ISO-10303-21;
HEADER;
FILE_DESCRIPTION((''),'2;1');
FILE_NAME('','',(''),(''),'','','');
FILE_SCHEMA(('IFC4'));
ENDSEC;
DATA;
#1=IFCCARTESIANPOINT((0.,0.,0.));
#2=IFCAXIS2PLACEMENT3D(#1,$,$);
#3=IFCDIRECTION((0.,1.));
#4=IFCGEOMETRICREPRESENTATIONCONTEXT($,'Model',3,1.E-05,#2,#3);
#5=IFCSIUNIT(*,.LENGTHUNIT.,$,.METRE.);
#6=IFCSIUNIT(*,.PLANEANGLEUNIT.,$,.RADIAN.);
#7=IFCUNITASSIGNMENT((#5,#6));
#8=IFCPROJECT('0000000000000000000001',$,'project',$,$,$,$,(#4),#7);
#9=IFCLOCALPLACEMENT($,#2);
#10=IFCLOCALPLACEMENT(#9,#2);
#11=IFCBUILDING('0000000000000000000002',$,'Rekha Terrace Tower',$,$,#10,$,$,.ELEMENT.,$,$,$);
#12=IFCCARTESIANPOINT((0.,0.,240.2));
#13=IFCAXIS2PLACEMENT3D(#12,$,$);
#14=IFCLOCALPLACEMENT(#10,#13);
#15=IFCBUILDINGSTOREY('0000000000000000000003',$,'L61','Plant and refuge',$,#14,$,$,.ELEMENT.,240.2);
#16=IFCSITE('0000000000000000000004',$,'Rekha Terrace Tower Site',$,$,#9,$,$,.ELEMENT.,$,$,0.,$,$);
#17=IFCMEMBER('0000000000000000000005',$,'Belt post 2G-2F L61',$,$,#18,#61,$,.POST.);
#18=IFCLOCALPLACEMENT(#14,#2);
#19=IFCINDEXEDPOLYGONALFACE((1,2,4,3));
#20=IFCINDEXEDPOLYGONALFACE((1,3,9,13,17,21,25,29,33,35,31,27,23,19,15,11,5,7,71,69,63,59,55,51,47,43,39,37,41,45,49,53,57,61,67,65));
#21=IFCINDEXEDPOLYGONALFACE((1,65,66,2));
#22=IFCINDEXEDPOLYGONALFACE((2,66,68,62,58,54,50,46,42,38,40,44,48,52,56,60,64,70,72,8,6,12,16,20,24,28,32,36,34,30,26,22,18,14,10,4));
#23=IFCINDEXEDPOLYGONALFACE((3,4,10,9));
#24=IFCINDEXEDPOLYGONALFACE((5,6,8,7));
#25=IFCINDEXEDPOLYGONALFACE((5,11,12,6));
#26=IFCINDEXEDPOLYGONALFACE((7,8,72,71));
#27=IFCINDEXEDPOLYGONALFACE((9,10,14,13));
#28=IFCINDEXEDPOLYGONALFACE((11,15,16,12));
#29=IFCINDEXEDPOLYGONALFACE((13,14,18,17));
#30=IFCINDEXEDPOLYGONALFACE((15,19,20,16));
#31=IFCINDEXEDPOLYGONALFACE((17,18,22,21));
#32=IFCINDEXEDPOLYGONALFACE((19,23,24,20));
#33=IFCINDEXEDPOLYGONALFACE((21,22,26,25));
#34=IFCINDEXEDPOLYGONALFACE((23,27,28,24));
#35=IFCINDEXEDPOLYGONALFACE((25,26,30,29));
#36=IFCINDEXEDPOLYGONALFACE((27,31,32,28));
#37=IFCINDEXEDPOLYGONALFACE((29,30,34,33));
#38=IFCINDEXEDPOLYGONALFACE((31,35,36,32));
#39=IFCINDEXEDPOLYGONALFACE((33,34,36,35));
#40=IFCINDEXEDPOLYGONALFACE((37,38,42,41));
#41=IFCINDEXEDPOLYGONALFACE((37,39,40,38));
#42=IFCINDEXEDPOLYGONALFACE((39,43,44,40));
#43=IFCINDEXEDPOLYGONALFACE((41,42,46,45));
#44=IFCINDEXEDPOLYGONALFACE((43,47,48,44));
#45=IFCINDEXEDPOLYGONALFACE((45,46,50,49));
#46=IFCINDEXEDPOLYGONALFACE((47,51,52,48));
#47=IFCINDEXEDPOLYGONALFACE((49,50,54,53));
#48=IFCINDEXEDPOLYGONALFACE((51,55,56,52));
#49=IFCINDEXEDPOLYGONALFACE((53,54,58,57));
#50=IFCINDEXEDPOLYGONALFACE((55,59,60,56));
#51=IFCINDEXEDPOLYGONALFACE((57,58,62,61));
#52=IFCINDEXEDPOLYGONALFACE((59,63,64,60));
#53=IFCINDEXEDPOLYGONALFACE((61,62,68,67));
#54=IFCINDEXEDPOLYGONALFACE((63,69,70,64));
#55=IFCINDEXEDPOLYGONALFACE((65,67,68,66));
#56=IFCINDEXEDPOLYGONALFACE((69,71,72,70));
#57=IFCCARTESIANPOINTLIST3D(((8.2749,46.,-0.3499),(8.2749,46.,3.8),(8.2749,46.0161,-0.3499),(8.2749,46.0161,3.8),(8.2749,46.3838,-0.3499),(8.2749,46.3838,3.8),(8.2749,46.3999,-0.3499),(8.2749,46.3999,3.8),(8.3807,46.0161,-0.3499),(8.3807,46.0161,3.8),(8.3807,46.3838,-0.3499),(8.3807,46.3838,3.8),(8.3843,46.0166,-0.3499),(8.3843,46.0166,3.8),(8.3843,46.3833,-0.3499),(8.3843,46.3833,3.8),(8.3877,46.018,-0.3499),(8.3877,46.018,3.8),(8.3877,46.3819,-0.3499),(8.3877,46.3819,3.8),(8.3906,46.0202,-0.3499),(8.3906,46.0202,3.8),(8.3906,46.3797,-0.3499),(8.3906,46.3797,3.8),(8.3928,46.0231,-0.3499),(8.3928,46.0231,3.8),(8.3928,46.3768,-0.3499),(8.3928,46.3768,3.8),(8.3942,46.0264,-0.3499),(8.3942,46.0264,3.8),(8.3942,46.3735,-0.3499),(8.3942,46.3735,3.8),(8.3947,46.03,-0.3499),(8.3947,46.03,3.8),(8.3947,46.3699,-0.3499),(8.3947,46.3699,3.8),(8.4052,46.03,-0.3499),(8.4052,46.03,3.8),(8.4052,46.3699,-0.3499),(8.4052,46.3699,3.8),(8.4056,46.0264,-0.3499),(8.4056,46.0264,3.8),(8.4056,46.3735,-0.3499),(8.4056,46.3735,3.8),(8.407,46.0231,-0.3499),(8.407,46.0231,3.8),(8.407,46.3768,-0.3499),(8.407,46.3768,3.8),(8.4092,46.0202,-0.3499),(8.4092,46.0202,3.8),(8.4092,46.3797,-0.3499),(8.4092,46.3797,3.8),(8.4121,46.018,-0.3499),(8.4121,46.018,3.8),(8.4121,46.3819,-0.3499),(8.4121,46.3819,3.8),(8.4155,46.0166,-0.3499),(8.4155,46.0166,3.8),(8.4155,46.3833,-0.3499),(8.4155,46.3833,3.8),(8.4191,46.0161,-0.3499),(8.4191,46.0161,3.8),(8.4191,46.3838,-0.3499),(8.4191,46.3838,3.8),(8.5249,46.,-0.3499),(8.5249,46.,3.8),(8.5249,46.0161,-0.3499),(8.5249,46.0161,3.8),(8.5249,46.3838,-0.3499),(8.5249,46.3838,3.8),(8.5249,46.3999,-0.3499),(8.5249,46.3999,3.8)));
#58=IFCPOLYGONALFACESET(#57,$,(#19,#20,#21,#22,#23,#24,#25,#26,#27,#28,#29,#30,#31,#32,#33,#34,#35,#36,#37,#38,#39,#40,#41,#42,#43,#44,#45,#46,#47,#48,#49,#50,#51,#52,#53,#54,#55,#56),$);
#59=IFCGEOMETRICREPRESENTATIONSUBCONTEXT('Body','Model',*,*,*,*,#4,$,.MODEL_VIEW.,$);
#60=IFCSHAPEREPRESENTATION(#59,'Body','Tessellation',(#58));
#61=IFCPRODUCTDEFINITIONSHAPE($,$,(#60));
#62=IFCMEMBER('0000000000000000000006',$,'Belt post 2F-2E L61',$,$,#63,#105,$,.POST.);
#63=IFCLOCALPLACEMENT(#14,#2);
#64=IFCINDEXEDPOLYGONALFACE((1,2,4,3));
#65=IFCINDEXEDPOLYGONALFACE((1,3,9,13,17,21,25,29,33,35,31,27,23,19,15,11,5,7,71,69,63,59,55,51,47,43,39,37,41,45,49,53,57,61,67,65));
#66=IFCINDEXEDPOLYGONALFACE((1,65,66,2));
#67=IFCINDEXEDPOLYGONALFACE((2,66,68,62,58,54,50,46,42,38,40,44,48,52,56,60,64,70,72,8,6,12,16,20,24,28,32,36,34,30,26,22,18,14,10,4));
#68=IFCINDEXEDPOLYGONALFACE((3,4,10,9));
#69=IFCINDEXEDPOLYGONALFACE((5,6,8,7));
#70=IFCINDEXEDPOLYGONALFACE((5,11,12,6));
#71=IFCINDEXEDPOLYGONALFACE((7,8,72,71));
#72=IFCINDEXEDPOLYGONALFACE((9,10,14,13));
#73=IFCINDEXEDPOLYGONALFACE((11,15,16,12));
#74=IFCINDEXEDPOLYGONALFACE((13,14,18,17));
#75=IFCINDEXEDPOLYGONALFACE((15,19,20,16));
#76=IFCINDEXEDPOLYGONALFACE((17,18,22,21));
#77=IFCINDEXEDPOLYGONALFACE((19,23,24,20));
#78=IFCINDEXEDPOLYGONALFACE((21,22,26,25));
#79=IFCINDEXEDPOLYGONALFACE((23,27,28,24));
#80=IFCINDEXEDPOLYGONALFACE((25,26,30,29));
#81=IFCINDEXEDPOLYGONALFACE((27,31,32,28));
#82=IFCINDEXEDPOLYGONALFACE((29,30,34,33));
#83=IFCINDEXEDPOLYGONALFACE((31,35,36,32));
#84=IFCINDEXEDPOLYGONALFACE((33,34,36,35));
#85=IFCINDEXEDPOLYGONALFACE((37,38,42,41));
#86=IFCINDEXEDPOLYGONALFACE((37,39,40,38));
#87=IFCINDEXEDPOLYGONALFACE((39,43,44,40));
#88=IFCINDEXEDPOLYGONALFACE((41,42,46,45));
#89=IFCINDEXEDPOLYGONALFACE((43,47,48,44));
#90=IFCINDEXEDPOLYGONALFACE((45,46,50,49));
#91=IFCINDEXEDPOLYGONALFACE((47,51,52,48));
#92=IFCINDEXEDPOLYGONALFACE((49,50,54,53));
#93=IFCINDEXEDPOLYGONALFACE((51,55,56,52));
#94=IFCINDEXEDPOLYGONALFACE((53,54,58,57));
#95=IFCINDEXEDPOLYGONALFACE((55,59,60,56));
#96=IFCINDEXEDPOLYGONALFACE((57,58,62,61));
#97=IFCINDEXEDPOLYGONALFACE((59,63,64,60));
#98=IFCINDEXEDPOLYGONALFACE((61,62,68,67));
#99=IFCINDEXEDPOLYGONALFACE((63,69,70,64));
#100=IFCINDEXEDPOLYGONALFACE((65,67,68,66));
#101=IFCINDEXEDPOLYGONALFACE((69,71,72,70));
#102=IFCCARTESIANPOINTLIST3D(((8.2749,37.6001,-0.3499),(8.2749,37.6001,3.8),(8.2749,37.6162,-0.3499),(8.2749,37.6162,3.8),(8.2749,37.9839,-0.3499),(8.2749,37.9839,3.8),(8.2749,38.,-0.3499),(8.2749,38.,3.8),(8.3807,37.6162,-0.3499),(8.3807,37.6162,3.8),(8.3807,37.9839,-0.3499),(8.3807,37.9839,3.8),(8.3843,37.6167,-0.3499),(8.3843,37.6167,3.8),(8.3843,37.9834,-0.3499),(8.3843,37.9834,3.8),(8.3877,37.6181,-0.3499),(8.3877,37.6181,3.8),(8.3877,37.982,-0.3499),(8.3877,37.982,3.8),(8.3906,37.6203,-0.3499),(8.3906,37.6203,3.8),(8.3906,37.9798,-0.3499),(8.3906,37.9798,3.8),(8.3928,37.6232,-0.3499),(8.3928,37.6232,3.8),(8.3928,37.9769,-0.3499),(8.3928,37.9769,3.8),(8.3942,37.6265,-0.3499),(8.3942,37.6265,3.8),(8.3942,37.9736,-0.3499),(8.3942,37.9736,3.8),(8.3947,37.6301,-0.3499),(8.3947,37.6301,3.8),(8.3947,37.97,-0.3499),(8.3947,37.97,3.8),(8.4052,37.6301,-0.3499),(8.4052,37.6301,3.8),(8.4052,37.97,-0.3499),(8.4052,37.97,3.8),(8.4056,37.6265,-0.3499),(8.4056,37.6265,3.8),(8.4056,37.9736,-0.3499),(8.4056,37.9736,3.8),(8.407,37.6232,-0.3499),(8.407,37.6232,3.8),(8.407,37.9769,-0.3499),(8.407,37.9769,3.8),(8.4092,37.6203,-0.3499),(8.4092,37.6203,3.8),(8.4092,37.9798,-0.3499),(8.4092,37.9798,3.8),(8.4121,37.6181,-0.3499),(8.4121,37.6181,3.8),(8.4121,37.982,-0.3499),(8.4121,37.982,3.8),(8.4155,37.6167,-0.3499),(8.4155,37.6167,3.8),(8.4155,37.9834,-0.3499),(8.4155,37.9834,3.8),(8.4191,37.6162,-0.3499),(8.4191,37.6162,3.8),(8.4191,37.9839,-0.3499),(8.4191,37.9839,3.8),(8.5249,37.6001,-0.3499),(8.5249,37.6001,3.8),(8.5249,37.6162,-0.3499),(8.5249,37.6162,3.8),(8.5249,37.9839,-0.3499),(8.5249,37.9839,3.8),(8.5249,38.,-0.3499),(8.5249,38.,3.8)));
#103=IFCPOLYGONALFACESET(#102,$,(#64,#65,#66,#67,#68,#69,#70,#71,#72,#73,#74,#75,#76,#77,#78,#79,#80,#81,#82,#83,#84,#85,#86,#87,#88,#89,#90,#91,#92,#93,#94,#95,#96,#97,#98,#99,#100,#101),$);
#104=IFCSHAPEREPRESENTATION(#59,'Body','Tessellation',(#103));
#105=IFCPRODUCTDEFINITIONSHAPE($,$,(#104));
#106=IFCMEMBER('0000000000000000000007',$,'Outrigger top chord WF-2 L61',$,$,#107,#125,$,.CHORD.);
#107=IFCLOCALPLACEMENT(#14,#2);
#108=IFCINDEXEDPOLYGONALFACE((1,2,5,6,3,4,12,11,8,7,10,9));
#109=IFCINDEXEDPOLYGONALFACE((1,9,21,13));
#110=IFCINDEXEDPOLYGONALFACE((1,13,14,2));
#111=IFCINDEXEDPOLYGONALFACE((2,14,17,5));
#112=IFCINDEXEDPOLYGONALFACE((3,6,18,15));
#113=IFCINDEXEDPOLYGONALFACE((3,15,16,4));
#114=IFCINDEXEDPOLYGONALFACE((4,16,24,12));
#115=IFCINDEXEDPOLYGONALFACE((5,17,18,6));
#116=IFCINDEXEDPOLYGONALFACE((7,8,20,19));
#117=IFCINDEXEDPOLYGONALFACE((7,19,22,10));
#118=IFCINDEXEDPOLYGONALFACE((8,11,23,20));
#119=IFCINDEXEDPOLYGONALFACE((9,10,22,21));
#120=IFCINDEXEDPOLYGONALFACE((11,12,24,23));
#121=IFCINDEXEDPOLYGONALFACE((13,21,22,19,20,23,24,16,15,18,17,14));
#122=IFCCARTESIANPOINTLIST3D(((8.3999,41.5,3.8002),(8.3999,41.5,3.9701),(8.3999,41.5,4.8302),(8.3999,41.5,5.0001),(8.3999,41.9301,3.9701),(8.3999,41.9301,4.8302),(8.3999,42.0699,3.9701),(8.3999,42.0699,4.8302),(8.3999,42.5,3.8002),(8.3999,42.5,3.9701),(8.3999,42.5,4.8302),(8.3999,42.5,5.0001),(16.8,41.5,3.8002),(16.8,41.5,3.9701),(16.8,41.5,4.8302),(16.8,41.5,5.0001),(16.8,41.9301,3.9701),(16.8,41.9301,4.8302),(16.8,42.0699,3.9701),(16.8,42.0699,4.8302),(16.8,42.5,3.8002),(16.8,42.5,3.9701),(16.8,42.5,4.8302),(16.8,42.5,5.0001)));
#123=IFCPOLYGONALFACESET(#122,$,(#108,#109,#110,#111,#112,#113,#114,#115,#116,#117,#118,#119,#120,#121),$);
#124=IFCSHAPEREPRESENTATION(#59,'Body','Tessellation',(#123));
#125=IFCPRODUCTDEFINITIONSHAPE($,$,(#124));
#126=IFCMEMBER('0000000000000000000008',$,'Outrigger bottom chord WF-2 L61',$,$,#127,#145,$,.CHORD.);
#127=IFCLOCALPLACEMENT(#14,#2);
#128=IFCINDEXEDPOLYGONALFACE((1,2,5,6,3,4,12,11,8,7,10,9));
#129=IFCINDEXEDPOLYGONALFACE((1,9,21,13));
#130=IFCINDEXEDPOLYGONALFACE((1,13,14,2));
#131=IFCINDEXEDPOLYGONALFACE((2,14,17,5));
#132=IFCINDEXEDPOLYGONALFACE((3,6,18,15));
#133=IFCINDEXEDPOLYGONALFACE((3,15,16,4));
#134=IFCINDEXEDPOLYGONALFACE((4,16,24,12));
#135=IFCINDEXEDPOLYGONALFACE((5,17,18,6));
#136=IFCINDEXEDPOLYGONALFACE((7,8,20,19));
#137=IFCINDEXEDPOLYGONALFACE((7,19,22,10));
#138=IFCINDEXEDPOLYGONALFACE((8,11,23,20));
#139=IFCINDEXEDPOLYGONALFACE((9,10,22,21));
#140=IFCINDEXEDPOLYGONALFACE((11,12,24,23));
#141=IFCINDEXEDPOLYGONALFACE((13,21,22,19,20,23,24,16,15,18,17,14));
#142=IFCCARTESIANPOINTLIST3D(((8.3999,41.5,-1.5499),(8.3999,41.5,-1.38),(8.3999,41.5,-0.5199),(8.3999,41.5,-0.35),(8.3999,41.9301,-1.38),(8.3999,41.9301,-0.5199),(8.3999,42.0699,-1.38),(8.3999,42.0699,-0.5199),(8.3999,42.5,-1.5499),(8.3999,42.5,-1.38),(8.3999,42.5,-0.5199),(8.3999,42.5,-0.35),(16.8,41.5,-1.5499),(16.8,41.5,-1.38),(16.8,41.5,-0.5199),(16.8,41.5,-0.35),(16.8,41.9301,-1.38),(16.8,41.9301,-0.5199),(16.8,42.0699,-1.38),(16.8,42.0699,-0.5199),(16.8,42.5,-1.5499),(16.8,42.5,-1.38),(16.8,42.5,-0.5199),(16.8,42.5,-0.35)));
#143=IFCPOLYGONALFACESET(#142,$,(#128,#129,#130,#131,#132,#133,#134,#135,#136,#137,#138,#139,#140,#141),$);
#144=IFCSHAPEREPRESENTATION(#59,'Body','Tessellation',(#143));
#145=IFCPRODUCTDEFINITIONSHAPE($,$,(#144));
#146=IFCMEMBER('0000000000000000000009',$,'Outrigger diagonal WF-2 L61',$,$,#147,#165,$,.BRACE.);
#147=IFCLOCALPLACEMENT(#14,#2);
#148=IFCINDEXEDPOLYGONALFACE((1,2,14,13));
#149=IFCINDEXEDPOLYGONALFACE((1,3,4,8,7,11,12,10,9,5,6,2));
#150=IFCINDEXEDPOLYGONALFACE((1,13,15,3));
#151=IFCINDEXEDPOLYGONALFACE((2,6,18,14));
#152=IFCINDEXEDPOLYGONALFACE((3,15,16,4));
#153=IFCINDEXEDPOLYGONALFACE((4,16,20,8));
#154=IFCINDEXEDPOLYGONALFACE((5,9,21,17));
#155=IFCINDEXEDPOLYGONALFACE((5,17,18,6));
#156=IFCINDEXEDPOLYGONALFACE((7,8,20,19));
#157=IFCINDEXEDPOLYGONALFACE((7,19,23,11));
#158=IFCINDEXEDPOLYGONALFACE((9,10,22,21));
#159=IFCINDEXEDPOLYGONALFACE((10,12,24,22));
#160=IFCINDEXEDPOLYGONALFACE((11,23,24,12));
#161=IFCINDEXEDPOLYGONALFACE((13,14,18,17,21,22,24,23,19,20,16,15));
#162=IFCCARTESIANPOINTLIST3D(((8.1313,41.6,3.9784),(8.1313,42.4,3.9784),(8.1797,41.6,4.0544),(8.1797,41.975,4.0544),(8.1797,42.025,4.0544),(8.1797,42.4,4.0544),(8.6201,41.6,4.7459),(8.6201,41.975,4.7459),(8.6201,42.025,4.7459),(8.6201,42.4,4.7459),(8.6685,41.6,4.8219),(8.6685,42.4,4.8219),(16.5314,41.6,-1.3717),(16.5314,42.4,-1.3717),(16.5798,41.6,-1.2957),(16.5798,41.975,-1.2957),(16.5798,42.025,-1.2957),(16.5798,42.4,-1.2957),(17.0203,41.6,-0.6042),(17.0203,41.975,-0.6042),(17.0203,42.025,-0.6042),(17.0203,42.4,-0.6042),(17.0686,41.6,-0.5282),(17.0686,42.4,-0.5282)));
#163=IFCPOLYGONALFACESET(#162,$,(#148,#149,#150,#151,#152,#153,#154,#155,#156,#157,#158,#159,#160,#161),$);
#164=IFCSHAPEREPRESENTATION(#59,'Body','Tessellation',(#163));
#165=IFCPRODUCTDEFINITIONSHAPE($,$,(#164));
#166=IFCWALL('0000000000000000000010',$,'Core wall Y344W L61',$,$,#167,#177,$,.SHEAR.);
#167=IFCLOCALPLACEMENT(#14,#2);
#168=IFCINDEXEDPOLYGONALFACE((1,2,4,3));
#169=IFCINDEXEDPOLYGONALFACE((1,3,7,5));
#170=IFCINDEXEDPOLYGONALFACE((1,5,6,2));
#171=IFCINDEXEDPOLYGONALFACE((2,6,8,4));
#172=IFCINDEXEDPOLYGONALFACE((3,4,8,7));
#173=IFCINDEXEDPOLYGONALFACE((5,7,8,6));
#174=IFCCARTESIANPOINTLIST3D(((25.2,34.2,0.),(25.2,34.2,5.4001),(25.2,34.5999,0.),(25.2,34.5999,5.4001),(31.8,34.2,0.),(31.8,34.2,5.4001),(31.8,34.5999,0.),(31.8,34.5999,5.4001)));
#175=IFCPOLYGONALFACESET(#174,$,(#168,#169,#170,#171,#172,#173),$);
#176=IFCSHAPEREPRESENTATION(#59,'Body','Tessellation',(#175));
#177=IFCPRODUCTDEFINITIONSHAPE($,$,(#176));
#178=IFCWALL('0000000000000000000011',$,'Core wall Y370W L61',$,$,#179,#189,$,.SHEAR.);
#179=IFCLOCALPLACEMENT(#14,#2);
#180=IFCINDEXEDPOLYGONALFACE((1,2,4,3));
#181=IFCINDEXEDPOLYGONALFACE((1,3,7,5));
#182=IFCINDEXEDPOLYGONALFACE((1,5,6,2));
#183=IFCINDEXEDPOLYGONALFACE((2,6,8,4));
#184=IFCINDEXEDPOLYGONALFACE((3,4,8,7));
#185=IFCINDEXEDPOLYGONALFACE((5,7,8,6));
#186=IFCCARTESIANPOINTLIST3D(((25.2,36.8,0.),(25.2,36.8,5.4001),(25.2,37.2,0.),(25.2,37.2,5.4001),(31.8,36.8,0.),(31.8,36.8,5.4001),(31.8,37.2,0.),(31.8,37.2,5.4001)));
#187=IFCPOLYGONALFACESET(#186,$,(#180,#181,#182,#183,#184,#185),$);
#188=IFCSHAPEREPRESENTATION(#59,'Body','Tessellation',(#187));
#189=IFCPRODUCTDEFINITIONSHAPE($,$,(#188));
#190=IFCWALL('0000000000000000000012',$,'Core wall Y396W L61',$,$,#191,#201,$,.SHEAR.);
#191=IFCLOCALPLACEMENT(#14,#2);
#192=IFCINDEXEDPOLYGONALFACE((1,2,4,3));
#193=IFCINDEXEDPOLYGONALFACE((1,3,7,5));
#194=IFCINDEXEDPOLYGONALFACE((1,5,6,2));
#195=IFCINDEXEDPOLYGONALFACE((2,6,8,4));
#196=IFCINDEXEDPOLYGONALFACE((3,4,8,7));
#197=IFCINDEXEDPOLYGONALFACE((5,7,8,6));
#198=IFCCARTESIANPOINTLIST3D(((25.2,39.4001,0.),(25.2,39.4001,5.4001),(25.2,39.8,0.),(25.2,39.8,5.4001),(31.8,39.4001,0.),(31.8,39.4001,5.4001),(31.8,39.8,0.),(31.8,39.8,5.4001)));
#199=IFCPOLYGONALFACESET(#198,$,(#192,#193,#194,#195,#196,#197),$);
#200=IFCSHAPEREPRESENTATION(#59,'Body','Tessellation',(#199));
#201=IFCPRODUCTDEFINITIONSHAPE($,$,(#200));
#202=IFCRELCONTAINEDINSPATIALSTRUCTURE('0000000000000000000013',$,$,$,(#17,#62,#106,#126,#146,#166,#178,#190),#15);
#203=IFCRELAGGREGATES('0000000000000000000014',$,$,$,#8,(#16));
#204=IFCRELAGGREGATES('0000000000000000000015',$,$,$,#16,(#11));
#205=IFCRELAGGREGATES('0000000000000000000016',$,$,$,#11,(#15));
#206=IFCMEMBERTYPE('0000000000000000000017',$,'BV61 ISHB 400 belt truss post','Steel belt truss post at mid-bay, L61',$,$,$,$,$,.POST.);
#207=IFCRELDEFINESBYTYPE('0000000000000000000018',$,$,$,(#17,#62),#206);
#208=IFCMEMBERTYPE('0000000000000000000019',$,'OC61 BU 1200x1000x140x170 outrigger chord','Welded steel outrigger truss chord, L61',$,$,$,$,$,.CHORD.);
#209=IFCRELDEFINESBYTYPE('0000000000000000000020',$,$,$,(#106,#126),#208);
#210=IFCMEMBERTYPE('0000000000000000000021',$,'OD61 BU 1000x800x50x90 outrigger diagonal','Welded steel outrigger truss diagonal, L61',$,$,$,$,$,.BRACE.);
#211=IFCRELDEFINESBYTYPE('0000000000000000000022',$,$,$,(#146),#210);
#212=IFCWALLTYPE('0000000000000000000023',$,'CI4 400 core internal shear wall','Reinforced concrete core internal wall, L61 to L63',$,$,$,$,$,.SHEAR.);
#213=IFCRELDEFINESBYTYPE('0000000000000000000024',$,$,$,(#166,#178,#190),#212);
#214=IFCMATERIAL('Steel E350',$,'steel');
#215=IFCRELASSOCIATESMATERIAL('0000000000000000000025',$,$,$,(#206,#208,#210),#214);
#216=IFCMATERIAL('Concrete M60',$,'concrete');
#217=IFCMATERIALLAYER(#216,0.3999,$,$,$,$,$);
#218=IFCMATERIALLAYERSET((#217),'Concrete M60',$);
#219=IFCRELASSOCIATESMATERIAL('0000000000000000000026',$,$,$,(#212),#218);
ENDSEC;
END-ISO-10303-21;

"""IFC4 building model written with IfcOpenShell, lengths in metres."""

from ifc_helpers import new_model, si_unit, direction, frame, frame_2d, origin, origin_2d, place, context, subcontext, project, spatial, rectangle, i_section, extrude, material, layer, layer_set, material_profile, profile_set, type_object, element, save


model = new_model("IFC4")

# Units and contexts
model_context = context("Model", 3, precision=1e-05, world=origin(), true_north=direction((0.0, 1.0)))
body_context = subcontext(model_context, "Body", "Model", "MODEL_VIEW")
ifc_project = project(units=[si_unit("LENGTHUNIT", "METRE"), si_unit("PLANEANGLEUNIT", "RADIAN")], contexts=[model_context])

# Site, building, storey
site_placement = place(None, origin())
site = spatial("IfcSite", under=ifc_project, at=site_placement, Name="Rekha Terrace Tower Site", CompositionType="ELEMENT", RefElevation=0.0)
building_placement = place(site_placement, origin())
building = spatial("IfcBuilding", under=site, at=building_placement, Name="Rekha Terrace Tower", CompositionType="ELEMENT")
storey_placement = place(building_placement, frame((0.0, 0.0, 240.2)))
storey = spatial("IfcBuildingStorey", under=building, at=storey_placement, Name="L61", Description="Plant and refuge", CompositionType="ELEMENT", Elevation=240.2)

# Members
ifc_material_1 = material(Name="Steel E350", Category="steel")
ifc_material_profile_1 = material_profile(ifc_material_1, i_section(OverallWidth=0.25, OverallDepth=0.3999, WebThickness=0.0105, FlangeThickness=0.0161, FilletRadius=0.0139, at=origin_2d()), Name="ISHB 400")
ifc_profile_set_1 = profile_set([ifc_material_profile_1], Name="Steel E350")
member_type_1 = type_object("IfcMemberType", Name="BV61 ISHB 400 belt truss post", Description="Steel belt truss post at mid-bay, L61", PredefinedType="POST", material=ifc_profile_set_1)
for number, where, z_axis, x_axis, name in (
    (1, (8.3999, 46.2, -0.3499), (0.0, 0.0, 1.0), (1.0, 0.0, 0.0), "Belt post 2G-2F L61"),
    (2, (8.3999, 37.8, -0.3499), (0.0, 0.0, 1.0), (1.0, 0.0, 0.0), "Belt post 2F-2E L61"),
):
    element("IfcMember", number, at=place(storey_placement, frame(where, z_axis=z_axis, x_axis=x_axis)), inside=storey, type_object=member_type_1, Name=name, PredefinedType="POST", context=body_context, shape_type="SweptSolid", body=[
        extrude(i_section(OverallWidth=0.25, OverallDepth=0.3999, WebThickness=0.0105, FlangeThickness=0.0161, FilletRadius=0.0139, at=origin_2d()), origin(), (0.0, 0.0, 1.0), 4.1499),
    ])
ifc_material_profile_2 = material_profile(ifc_material_1, i_section(OverallWidth=1.0, OverallDepth=1.2, WebThickness=0.1399, FlangeThickness=0.1699, at=origin_2d()), Name="BU 1200x1000x140x170")
ifc_profile_set_2 = profile_set([ifc_material_profile_2], Name="Steel E350")
member_type_2 = type_object("IfcMemberType", Name="OC61 BU 1200x1000x140x170 outrigger chord", Description="Welded steel outrigger truss chord, L61", PredefinedType="CHORD", material=ifc_profile_set_2)
for number, where, z_axis, x_axis, name in (
    (3, (16.8, 42.0, 4.4001), (-1.0, 0.0, 0.0), (0.0, -1.0, 0.0), "Outrigger top chord WF-2 L61"),
    (4, (16.8, 42.0, -0.95), (-1.0, 0.0, 0.0), (0.0, -1.0, 0.0), "Outrigger bottom chord WF-2 L61"),
):
    element("IfcMember", number, at=place(storey_placement, frame(where, z_axis=z_axis, x_axis=x_axis)), inside=storey, type_object=member_type_2, Name=name, PredefinedType="CHORD", context=body_context, shape_type="SweptSolid", body=[
        extrude(i_section(OverallWidth=1.0, OverallDepth=1.2, WebThickness=0.1399, FlangeThickness=0.1699, at=origin_2d()), origin(), (0.0, 0.0, 1.0), 8.4001),
    ])
ifc_material_profile_3 = material_profile(ifc_material_1, i_section(OverallWidth=0.8, OverallDepth=1.0, WebThickness=0.05, FlangeThickness=0.0901, at=origin_2d()), Name="BU 1000x800x50x90")
ifc_profile_set_3 = profile_set([ifc_material_profile_3], Name="Steel E350")
member_type_3 = type_object("IfcMemberType", Name="OD61 BU 1000x800x50x90 outrigger diagonal", Description="Welded steel outrigger truss diagonal, L61", PredefinedType="BRACE", material=ifc_profile_set_3)
member_placement = place(storey_placement, frame((16.8, 42.0, -0.95), z_axis=(-0.843454, 0.0, 0.537201), x_axis=(0.0, -1.0, 0.0)))
element("IfcMember", 5, at=member_placement, inside=storey, type_object=member_type_3, Name="Outrigger diagonal WF-2 L61", PredefinedType="BRACE", context=body_context, shape_type="SweptSolid", body=[
    extrude(i_section(OverallWidth=0.8, OverallDepth=1.0, WebThickness=0.05, FlangeThickness=0.0901, at=origin_2d()), origin(), (0.0, 0.0, 1.0), 9.9592),
])

# Walls
ifc_material_2 = material(Name="Concrete M60", Category="concrete")
ifc_layer_1 = layer(ifc_material_2, 0.3999)
ifc_layer_set_1 = layer_set([ifc_layer_1], Name="Concrete M60")
wall_type_1 = type_object("IfcWallType", Name="CI4 400 core internal shear wall", Description="Reinforced concrete core internal wall, L61 to L63", PredefinedType="SHEAR", material=ifc_layer_set_1)
for number, where, z_axis, x_axis, name in (
    (6, (25.2, 34.3999, 0.0), (0.0, 0.0, 1.0), (1.0, 0.0, 0.0), "Core wall Y344W L61"),
    (7, (25.2, 37.0, 0.0), (0.0, 0.0, 1.0), (1.0, 0.0, 0.0), "Core wall Y370W L61"),
    (8, (25.2, 39.6001, 0.0), (0.0, 0.0, 1.0), (1.0, 0.0, 0.0), "Core wall Y396W L61"),
):
    element("IfcWall", number, at=place(storey_placement, frame(where, z_axis=z_axis, x_axis=x_axis)), inside=storey, type_object=wall_type_1, Name=name, PredefinedType="SHEAR", context=body_context, shape_type="SweptSolid", body=[
        extrude(rectangle(XDim=6.6001, YDim=0.3999, at=frame_2d((3.3, 0.0))), origin(), (0.0, 0.0, 1.0), 5.4001),
    ])

save(model, "model.ifc")
